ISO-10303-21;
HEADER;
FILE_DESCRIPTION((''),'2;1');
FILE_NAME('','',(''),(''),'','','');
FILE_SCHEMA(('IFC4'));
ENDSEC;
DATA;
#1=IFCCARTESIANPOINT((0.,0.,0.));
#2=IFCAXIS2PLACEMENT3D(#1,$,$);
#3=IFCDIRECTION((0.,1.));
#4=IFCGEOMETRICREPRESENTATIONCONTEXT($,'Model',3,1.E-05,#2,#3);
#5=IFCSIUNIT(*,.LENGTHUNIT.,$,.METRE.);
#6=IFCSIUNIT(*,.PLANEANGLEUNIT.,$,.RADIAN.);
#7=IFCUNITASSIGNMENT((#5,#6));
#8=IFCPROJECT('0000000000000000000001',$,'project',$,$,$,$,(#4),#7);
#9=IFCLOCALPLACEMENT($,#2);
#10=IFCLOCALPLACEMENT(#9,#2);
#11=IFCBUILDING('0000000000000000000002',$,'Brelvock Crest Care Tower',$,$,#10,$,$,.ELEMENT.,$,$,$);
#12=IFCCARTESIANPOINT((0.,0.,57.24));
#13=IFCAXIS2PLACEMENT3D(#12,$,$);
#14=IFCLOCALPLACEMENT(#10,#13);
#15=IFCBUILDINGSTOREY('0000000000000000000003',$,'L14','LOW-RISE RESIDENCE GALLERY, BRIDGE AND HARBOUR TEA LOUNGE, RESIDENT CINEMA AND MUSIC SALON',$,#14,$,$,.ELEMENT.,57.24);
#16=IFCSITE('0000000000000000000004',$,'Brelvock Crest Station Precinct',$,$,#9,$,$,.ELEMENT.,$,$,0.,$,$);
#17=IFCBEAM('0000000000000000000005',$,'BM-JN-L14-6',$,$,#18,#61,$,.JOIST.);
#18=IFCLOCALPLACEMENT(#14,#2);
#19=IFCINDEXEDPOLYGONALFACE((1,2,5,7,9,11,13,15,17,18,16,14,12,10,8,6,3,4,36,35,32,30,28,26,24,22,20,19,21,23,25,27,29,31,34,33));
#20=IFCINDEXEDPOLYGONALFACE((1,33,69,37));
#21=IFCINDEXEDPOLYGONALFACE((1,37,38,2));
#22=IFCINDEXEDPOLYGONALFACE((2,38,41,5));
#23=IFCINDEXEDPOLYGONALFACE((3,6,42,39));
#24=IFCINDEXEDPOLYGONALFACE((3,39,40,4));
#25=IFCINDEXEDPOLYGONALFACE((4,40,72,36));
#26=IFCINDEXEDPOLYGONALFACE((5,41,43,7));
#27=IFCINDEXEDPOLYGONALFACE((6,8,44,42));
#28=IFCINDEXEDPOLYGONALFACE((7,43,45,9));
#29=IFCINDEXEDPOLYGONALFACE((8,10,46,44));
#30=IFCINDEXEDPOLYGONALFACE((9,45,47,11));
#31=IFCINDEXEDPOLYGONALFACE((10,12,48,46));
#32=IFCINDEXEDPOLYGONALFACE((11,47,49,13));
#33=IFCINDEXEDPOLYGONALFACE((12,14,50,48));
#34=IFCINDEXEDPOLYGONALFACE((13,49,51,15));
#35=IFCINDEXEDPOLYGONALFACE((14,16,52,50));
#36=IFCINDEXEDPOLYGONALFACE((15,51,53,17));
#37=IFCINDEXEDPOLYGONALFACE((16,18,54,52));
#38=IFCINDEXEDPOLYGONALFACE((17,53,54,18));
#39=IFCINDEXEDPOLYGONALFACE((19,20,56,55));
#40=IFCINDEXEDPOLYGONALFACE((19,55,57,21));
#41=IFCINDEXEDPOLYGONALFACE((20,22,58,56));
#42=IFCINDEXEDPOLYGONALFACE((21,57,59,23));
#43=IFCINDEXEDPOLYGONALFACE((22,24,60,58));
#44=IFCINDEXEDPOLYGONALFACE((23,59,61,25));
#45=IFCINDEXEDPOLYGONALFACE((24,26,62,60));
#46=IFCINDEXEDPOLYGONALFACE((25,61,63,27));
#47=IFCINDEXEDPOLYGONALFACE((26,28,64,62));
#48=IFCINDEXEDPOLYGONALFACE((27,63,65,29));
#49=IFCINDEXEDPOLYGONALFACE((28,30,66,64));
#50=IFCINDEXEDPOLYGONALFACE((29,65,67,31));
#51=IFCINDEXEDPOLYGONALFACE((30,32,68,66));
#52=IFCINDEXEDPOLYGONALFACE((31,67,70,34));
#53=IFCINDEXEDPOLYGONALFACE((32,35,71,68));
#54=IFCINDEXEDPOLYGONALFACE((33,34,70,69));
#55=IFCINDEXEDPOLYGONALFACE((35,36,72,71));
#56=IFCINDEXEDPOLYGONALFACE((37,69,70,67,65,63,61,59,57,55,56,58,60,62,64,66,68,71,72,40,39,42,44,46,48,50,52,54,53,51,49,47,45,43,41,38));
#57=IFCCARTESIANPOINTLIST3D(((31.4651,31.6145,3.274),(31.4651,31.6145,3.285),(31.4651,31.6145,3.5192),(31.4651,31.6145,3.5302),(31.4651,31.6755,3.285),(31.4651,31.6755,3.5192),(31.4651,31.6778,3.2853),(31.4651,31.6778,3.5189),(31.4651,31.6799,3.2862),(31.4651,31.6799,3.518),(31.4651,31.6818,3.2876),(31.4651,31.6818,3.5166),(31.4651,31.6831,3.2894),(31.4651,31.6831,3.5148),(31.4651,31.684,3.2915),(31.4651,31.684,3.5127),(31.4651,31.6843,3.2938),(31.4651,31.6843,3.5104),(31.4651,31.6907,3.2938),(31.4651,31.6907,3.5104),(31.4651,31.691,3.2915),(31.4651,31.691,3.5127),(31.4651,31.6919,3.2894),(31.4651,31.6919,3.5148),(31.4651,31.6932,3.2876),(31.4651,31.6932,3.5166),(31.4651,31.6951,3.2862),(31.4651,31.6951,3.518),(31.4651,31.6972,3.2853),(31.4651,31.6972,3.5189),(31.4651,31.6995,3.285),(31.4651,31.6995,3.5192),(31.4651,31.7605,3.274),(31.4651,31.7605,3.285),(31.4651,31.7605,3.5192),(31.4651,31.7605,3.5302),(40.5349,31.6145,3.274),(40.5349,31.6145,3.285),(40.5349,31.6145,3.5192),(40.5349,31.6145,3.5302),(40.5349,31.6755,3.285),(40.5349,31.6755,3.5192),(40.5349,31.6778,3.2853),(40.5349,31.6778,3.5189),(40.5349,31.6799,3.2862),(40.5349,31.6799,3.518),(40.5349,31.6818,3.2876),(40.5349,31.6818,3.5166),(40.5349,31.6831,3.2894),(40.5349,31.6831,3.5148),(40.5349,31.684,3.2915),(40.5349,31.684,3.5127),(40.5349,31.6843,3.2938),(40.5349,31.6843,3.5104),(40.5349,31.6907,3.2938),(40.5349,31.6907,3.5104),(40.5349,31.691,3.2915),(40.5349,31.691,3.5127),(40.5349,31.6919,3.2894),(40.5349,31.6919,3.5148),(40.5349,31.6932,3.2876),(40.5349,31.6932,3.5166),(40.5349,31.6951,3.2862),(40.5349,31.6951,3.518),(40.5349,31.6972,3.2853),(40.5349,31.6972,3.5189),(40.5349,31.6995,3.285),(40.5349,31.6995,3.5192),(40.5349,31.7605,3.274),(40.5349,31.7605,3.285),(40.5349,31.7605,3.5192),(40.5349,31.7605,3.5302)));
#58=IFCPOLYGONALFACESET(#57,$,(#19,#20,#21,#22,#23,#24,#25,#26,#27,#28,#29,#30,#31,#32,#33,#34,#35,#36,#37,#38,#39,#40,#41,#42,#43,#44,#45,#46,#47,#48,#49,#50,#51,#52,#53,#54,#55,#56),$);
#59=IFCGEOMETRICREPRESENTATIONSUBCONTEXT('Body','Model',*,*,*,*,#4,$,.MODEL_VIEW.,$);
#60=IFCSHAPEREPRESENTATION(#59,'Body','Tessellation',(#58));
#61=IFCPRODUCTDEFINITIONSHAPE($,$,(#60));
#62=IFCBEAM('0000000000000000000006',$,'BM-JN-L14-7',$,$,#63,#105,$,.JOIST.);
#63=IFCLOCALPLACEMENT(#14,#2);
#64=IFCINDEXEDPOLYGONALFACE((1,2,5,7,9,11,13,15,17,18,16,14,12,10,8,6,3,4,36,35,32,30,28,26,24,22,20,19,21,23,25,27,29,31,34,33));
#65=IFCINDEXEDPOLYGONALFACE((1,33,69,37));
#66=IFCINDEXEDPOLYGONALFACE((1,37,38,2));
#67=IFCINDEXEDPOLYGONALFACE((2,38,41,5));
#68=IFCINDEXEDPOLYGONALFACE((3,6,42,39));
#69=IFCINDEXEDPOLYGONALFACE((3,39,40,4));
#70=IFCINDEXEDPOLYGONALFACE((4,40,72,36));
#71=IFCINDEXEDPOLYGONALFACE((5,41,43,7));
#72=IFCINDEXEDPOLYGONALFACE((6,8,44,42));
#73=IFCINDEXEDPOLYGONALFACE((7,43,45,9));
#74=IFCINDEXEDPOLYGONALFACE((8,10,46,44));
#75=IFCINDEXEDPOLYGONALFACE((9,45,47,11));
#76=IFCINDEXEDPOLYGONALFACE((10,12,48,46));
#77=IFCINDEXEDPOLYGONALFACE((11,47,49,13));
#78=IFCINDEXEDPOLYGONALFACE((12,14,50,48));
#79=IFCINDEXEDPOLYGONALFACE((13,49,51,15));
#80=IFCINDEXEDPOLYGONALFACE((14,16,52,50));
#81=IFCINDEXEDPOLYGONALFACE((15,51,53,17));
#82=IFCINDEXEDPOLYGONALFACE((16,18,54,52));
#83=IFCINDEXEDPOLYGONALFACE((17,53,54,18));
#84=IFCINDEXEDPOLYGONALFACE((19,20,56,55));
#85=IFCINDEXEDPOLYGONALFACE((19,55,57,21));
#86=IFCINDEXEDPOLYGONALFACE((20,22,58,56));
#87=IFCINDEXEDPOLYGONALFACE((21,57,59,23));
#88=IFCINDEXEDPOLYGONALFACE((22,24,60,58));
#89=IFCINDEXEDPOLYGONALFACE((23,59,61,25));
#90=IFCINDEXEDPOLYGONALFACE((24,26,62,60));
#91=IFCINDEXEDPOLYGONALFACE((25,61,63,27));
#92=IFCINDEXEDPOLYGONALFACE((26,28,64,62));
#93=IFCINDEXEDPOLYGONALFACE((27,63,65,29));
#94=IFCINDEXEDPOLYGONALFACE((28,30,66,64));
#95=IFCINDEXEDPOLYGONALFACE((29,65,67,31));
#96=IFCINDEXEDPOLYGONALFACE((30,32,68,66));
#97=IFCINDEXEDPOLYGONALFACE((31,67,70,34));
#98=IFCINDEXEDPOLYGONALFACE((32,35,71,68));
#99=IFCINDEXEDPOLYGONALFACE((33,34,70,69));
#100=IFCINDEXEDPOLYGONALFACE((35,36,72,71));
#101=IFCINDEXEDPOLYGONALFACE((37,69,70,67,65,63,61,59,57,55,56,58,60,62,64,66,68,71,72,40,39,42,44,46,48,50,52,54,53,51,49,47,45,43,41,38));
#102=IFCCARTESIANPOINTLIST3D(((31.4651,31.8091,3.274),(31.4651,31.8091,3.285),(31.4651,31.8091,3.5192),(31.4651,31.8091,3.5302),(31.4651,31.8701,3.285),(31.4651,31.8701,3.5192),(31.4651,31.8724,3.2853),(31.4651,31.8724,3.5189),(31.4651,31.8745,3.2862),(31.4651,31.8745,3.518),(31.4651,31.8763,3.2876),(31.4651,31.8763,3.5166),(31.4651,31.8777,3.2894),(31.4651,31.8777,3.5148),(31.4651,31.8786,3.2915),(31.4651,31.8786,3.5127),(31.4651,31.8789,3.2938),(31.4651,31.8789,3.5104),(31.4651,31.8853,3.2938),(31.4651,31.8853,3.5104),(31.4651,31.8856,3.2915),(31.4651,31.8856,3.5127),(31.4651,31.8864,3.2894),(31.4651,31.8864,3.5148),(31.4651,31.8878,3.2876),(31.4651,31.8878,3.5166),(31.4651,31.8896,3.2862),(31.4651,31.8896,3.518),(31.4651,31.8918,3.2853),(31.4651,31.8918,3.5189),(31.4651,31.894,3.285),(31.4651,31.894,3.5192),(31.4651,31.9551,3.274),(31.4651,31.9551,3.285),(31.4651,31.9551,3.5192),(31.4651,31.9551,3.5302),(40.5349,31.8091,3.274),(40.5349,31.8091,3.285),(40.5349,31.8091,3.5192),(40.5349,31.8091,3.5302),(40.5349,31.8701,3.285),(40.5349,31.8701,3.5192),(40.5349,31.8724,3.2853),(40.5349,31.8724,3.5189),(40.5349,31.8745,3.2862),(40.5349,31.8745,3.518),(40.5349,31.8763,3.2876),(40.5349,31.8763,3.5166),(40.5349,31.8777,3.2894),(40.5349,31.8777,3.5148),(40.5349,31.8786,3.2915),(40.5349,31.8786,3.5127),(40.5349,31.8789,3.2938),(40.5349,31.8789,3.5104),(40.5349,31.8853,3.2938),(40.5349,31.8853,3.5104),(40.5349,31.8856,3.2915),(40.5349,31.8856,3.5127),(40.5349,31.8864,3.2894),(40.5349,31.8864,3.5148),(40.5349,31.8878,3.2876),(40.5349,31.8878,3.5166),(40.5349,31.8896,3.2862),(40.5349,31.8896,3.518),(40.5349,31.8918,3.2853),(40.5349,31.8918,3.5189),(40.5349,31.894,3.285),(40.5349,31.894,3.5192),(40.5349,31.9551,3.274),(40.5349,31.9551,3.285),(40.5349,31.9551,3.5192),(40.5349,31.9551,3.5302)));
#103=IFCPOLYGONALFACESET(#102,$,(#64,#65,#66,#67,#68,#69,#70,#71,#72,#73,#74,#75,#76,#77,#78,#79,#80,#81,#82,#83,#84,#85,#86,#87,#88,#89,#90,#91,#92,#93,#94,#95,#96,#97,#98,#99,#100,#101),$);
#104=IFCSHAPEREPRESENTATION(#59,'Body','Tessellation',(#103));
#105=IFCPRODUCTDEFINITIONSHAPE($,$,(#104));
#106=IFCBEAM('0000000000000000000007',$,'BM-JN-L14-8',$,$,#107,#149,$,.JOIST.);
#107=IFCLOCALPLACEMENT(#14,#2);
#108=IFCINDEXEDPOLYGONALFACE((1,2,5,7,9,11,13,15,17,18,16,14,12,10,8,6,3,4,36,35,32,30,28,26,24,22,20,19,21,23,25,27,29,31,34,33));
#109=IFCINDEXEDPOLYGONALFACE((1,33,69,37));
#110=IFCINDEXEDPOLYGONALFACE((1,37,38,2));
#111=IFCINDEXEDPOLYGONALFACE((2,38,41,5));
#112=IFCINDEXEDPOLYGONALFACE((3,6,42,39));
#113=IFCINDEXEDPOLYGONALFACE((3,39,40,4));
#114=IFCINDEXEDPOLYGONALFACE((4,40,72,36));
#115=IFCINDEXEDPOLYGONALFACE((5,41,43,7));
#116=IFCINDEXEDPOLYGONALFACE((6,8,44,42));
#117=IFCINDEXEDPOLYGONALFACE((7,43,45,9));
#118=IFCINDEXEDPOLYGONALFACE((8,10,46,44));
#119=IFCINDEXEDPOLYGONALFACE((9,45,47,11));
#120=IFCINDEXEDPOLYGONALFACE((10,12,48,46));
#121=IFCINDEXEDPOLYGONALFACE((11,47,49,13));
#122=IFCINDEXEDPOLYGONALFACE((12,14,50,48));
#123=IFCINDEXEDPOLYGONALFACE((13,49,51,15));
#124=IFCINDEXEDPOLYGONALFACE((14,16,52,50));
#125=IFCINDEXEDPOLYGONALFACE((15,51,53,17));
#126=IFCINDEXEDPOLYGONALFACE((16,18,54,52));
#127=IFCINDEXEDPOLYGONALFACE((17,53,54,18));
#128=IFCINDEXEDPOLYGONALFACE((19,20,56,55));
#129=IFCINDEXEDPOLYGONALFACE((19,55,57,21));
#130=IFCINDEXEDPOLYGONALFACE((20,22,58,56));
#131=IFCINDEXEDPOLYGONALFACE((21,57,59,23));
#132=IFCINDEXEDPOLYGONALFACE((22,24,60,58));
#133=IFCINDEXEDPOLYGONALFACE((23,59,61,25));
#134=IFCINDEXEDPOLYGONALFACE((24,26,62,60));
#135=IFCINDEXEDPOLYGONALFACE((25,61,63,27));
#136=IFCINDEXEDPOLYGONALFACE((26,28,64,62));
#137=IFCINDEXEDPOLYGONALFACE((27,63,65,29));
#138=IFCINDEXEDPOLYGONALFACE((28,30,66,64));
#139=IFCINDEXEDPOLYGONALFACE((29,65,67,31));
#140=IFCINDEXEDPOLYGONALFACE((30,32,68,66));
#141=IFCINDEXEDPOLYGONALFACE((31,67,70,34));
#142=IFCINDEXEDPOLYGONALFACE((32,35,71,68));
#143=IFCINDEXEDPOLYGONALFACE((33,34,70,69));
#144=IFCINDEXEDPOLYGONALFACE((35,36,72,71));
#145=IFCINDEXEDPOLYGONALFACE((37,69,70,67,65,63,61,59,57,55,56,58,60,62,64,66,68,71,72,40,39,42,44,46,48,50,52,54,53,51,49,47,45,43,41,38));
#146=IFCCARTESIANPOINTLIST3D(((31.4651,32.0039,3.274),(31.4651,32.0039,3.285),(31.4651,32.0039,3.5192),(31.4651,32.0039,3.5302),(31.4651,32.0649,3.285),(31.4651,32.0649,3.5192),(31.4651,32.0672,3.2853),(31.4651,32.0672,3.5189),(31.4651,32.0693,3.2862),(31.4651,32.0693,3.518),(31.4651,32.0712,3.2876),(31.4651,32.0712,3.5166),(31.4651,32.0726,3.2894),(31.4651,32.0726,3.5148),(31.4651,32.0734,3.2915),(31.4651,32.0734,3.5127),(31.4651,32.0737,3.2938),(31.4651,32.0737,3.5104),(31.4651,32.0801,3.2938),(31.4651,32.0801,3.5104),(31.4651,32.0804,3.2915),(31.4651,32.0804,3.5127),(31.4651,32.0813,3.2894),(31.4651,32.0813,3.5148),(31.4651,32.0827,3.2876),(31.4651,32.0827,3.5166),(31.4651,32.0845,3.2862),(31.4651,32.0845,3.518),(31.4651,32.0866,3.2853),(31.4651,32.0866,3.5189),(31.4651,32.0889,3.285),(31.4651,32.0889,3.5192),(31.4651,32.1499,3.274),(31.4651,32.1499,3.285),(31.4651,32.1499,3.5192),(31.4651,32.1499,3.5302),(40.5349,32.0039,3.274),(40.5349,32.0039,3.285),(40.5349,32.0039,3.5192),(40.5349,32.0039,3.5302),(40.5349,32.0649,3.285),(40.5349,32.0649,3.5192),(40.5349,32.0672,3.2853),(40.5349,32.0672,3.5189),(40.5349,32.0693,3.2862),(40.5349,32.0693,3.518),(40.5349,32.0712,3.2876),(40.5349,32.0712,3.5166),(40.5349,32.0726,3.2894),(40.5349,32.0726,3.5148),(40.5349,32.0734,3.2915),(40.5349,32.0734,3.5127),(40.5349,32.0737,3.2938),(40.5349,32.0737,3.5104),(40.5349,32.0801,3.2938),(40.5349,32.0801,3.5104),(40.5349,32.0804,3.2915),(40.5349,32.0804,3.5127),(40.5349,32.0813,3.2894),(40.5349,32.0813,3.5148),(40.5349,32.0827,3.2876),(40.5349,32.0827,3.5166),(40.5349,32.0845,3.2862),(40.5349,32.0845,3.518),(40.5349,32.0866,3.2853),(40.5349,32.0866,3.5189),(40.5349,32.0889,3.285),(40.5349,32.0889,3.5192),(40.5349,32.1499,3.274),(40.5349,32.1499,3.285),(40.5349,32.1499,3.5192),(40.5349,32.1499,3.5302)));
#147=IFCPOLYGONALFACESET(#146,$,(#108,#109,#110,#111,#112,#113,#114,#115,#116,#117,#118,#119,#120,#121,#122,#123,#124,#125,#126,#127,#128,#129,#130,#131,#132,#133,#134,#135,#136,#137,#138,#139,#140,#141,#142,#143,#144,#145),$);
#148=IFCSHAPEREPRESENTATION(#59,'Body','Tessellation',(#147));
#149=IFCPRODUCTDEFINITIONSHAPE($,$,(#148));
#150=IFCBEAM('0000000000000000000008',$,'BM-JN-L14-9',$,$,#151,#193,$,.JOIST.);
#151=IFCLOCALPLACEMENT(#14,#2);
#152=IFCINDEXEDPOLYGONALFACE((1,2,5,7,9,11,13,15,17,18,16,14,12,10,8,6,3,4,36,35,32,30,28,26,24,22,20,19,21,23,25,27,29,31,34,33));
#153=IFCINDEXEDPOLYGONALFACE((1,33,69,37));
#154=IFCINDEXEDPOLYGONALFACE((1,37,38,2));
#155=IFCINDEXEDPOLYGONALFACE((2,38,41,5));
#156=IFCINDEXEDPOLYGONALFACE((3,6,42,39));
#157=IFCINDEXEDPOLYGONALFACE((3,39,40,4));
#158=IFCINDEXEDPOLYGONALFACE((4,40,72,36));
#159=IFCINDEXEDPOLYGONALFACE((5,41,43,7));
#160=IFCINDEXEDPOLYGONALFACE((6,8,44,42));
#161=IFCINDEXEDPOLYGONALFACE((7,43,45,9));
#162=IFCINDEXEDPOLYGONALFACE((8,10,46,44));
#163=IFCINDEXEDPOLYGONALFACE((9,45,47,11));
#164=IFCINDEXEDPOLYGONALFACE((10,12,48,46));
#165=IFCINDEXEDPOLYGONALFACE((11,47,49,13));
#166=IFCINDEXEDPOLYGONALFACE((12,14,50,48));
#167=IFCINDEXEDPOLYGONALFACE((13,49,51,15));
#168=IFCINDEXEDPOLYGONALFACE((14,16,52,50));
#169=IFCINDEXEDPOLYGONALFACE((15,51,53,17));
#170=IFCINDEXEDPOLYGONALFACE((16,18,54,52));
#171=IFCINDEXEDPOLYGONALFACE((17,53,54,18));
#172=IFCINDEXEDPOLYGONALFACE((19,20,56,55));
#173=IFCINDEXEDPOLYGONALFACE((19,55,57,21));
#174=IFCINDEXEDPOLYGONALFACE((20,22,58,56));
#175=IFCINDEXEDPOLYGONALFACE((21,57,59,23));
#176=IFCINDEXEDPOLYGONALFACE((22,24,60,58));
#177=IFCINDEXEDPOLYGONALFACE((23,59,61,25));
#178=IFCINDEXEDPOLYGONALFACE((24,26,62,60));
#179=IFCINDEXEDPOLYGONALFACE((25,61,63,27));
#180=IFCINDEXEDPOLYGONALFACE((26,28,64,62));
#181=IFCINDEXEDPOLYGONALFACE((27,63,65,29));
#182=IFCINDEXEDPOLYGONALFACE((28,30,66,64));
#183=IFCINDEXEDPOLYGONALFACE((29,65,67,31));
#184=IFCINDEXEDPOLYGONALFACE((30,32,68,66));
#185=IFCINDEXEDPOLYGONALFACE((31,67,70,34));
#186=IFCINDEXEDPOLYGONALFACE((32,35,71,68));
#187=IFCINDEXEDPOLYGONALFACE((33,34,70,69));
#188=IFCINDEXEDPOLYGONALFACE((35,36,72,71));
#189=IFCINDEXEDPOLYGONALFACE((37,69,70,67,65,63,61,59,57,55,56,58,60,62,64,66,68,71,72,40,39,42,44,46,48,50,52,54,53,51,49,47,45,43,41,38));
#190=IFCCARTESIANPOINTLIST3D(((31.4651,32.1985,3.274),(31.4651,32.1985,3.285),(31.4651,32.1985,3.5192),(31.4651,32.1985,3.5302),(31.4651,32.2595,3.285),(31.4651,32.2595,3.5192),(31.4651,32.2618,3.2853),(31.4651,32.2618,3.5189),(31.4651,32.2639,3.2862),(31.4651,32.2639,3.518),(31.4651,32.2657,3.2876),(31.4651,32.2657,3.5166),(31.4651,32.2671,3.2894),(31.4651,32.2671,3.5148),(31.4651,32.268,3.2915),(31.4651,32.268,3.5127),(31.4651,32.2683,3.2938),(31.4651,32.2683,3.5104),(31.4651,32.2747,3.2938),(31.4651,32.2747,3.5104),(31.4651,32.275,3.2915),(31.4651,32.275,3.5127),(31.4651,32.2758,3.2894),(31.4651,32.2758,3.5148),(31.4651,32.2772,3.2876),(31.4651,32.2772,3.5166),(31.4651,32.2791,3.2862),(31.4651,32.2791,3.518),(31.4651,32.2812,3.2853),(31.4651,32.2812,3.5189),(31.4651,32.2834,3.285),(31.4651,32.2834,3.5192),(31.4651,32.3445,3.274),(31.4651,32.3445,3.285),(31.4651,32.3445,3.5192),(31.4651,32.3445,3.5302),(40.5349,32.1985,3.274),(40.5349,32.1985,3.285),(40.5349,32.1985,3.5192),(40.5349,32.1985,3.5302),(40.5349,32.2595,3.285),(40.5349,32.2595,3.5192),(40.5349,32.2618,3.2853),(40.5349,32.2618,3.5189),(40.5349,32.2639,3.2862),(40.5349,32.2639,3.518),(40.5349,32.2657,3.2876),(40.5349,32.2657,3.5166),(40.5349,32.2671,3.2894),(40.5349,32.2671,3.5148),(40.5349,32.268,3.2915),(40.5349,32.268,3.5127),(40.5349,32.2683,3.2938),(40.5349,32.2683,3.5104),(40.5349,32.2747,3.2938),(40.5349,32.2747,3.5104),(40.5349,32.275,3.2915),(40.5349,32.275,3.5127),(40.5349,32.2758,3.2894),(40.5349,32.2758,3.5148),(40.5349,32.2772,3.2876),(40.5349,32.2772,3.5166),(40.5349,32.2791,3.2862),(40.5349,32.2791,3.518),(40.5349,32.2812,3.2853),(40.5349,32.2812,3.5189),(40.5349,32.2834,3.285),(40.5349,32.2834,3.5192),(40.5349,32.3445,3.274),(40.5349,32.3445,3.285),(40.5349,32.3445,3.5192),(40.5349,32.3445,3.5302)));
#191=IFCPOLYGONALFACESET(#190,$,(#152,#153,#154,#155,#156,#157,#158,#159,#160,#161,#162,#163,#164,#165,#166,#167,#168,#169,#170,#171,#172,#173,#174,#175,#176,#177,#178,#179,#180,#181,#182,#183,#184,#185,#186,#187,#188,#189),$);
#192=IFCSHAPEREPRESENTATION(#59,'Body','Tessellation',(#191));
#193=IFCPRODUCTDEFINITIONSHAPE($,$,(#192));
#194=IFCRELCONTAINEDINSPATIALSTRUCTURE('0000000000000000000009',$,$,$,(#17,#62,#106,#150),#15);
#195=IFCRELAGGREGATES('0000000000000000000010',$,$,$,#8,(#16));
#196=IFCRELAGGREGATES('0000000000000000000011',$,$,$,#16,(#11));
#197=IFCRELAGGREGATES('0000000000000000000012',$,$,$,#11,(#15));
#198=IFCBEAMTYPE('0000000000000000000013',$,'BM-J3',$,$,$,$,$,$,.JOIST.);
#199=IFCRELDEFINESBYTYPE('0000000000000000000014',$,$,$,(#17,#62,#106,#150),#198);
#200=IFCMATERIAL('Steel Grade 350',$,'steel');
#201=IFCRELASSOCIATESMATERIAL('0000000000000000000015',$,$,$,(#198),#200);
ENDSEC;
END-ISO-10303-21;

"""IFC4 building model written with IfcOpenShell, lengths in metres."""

from ifc_helpers import new_model, si_unit, direction, frame, origin, origin_2d, place, context, subcontext, project, spatial, i_section, extrude, source, transform, mapped, material, material_profile, profile_set, type_object, element, save


model = new_model("IFC4")

# Units and contexts
model_context = context("Model", 3, precision=1e-05, world=origin(), true_north=direction((0.0, 1.0)))
body_context = subcontext(model_context, "Body", "Model", "MODEL_VIEW")
ifc_project = project(units=[si_unit("LENGTHUNIT", "METRE"), si_unit("PLANEANGLEUNIT", "RADIAN")], contexts=[model_context])

# Site, building, storey
site_placement = place(None, origin())
site = spatial("IfcSite", under=ifc_project, at=site_placement, Name="Brelvock Crest Station Precinct", CompositionType="ELEMENT", RefElevation=0.0)
building_placement = place(site_placement, origin())
building = spatial("IfcBuilding", under=site, at=building_placement, Name="Brelvock Crest Care Tower", CompositionType="ELEMENT")
storey_placement = place(building_placement, frame((0.0, 0.0, 57.24)))
storey = spatial("IfcBuildingStorey", under=building, at=storey_placement, Name="L14", Description="LOW-RISE RESIDENCE GALLERY, BRIDGE AND HARBOUR TEA LOUNGE, RESIDENT CINEMA AND MUSIC SALON", CompositionType="ELEMENT", Elevation=57.24)

# Beams
ifc_material_1 = material(Name="Steel Grade 350", Category="steel")
ifc_material_profile = material_profile(ifc_material_1, i_section(OverallWidth=0.146, OverallDepth=0.2561, WebThickness=0.0063, FlangeThickness=0.011, FilletRadius=0.0088, at=origin_2d()), Name="250UB37.3")
ifc_profile_set = profile_set([ifc_material_profile], Name="Steel Grade 350")
beam_type = type_object("IfcBeamType", Name="BM-J3", PredefinedType="JOIST", material=ifc_profile_set)
shared_shape_1 = source(origin(), body_context, "Body", "SweptSolid", [
    extrude(i_section(OverallWidth=0.146, OverallDepth=0.2561, WebThickness=0.0063, FlangeThickness=0.011, FilletRadius=0.0088, at=origin_2d()), origin(), (0.0, 0.0, 1.0), 9.0698),
])
for number, where, z_axis, x_axis, name in (
    (1, (31.4651, 31.6875, 3.4021), (1.0, 0.0, 0.0), (0.0, 1.0, 0.0), "BM-JN-L14-6"),
    (2, (31.4651, 31.8821, 3.4021), (1.0, 0.0, 0.0), (0.0, 1.0, 0.0), "BM-JN-L14-7"),
    (3, (31.4651, 32.0769, 3.4021), (1.0, 0.0, 0.0), (0.0, 1.0, 0.0), "BM-JN-L14-8"),
    (4, (31.4651, 32.2715, 3.4021), (1.0, 0.0, 0.0), (0.0, 1.0, 0.0), "BM-JN-L14-9"),
):
    element("IfcBeam", number, at=place(storey_placement, frame(where, z_axis=z_axis, x_axis=x_axis)), inside=storey, type_object=beam_type, Name=name, PredefinedType="JOIST", context=body_context, shape_type="MappedRepresentation", body=[
        mapped(shared_shape_1, transform((0.0, 0.0, 0.0), x_axis=(1.0, 0.0, 0.0), y_axis=(0.0, 1.0, 0.0), z_axis=(0.0, 0.0, 1.0), scale=1.0)),
    ])

save(model, "model.ifc")
